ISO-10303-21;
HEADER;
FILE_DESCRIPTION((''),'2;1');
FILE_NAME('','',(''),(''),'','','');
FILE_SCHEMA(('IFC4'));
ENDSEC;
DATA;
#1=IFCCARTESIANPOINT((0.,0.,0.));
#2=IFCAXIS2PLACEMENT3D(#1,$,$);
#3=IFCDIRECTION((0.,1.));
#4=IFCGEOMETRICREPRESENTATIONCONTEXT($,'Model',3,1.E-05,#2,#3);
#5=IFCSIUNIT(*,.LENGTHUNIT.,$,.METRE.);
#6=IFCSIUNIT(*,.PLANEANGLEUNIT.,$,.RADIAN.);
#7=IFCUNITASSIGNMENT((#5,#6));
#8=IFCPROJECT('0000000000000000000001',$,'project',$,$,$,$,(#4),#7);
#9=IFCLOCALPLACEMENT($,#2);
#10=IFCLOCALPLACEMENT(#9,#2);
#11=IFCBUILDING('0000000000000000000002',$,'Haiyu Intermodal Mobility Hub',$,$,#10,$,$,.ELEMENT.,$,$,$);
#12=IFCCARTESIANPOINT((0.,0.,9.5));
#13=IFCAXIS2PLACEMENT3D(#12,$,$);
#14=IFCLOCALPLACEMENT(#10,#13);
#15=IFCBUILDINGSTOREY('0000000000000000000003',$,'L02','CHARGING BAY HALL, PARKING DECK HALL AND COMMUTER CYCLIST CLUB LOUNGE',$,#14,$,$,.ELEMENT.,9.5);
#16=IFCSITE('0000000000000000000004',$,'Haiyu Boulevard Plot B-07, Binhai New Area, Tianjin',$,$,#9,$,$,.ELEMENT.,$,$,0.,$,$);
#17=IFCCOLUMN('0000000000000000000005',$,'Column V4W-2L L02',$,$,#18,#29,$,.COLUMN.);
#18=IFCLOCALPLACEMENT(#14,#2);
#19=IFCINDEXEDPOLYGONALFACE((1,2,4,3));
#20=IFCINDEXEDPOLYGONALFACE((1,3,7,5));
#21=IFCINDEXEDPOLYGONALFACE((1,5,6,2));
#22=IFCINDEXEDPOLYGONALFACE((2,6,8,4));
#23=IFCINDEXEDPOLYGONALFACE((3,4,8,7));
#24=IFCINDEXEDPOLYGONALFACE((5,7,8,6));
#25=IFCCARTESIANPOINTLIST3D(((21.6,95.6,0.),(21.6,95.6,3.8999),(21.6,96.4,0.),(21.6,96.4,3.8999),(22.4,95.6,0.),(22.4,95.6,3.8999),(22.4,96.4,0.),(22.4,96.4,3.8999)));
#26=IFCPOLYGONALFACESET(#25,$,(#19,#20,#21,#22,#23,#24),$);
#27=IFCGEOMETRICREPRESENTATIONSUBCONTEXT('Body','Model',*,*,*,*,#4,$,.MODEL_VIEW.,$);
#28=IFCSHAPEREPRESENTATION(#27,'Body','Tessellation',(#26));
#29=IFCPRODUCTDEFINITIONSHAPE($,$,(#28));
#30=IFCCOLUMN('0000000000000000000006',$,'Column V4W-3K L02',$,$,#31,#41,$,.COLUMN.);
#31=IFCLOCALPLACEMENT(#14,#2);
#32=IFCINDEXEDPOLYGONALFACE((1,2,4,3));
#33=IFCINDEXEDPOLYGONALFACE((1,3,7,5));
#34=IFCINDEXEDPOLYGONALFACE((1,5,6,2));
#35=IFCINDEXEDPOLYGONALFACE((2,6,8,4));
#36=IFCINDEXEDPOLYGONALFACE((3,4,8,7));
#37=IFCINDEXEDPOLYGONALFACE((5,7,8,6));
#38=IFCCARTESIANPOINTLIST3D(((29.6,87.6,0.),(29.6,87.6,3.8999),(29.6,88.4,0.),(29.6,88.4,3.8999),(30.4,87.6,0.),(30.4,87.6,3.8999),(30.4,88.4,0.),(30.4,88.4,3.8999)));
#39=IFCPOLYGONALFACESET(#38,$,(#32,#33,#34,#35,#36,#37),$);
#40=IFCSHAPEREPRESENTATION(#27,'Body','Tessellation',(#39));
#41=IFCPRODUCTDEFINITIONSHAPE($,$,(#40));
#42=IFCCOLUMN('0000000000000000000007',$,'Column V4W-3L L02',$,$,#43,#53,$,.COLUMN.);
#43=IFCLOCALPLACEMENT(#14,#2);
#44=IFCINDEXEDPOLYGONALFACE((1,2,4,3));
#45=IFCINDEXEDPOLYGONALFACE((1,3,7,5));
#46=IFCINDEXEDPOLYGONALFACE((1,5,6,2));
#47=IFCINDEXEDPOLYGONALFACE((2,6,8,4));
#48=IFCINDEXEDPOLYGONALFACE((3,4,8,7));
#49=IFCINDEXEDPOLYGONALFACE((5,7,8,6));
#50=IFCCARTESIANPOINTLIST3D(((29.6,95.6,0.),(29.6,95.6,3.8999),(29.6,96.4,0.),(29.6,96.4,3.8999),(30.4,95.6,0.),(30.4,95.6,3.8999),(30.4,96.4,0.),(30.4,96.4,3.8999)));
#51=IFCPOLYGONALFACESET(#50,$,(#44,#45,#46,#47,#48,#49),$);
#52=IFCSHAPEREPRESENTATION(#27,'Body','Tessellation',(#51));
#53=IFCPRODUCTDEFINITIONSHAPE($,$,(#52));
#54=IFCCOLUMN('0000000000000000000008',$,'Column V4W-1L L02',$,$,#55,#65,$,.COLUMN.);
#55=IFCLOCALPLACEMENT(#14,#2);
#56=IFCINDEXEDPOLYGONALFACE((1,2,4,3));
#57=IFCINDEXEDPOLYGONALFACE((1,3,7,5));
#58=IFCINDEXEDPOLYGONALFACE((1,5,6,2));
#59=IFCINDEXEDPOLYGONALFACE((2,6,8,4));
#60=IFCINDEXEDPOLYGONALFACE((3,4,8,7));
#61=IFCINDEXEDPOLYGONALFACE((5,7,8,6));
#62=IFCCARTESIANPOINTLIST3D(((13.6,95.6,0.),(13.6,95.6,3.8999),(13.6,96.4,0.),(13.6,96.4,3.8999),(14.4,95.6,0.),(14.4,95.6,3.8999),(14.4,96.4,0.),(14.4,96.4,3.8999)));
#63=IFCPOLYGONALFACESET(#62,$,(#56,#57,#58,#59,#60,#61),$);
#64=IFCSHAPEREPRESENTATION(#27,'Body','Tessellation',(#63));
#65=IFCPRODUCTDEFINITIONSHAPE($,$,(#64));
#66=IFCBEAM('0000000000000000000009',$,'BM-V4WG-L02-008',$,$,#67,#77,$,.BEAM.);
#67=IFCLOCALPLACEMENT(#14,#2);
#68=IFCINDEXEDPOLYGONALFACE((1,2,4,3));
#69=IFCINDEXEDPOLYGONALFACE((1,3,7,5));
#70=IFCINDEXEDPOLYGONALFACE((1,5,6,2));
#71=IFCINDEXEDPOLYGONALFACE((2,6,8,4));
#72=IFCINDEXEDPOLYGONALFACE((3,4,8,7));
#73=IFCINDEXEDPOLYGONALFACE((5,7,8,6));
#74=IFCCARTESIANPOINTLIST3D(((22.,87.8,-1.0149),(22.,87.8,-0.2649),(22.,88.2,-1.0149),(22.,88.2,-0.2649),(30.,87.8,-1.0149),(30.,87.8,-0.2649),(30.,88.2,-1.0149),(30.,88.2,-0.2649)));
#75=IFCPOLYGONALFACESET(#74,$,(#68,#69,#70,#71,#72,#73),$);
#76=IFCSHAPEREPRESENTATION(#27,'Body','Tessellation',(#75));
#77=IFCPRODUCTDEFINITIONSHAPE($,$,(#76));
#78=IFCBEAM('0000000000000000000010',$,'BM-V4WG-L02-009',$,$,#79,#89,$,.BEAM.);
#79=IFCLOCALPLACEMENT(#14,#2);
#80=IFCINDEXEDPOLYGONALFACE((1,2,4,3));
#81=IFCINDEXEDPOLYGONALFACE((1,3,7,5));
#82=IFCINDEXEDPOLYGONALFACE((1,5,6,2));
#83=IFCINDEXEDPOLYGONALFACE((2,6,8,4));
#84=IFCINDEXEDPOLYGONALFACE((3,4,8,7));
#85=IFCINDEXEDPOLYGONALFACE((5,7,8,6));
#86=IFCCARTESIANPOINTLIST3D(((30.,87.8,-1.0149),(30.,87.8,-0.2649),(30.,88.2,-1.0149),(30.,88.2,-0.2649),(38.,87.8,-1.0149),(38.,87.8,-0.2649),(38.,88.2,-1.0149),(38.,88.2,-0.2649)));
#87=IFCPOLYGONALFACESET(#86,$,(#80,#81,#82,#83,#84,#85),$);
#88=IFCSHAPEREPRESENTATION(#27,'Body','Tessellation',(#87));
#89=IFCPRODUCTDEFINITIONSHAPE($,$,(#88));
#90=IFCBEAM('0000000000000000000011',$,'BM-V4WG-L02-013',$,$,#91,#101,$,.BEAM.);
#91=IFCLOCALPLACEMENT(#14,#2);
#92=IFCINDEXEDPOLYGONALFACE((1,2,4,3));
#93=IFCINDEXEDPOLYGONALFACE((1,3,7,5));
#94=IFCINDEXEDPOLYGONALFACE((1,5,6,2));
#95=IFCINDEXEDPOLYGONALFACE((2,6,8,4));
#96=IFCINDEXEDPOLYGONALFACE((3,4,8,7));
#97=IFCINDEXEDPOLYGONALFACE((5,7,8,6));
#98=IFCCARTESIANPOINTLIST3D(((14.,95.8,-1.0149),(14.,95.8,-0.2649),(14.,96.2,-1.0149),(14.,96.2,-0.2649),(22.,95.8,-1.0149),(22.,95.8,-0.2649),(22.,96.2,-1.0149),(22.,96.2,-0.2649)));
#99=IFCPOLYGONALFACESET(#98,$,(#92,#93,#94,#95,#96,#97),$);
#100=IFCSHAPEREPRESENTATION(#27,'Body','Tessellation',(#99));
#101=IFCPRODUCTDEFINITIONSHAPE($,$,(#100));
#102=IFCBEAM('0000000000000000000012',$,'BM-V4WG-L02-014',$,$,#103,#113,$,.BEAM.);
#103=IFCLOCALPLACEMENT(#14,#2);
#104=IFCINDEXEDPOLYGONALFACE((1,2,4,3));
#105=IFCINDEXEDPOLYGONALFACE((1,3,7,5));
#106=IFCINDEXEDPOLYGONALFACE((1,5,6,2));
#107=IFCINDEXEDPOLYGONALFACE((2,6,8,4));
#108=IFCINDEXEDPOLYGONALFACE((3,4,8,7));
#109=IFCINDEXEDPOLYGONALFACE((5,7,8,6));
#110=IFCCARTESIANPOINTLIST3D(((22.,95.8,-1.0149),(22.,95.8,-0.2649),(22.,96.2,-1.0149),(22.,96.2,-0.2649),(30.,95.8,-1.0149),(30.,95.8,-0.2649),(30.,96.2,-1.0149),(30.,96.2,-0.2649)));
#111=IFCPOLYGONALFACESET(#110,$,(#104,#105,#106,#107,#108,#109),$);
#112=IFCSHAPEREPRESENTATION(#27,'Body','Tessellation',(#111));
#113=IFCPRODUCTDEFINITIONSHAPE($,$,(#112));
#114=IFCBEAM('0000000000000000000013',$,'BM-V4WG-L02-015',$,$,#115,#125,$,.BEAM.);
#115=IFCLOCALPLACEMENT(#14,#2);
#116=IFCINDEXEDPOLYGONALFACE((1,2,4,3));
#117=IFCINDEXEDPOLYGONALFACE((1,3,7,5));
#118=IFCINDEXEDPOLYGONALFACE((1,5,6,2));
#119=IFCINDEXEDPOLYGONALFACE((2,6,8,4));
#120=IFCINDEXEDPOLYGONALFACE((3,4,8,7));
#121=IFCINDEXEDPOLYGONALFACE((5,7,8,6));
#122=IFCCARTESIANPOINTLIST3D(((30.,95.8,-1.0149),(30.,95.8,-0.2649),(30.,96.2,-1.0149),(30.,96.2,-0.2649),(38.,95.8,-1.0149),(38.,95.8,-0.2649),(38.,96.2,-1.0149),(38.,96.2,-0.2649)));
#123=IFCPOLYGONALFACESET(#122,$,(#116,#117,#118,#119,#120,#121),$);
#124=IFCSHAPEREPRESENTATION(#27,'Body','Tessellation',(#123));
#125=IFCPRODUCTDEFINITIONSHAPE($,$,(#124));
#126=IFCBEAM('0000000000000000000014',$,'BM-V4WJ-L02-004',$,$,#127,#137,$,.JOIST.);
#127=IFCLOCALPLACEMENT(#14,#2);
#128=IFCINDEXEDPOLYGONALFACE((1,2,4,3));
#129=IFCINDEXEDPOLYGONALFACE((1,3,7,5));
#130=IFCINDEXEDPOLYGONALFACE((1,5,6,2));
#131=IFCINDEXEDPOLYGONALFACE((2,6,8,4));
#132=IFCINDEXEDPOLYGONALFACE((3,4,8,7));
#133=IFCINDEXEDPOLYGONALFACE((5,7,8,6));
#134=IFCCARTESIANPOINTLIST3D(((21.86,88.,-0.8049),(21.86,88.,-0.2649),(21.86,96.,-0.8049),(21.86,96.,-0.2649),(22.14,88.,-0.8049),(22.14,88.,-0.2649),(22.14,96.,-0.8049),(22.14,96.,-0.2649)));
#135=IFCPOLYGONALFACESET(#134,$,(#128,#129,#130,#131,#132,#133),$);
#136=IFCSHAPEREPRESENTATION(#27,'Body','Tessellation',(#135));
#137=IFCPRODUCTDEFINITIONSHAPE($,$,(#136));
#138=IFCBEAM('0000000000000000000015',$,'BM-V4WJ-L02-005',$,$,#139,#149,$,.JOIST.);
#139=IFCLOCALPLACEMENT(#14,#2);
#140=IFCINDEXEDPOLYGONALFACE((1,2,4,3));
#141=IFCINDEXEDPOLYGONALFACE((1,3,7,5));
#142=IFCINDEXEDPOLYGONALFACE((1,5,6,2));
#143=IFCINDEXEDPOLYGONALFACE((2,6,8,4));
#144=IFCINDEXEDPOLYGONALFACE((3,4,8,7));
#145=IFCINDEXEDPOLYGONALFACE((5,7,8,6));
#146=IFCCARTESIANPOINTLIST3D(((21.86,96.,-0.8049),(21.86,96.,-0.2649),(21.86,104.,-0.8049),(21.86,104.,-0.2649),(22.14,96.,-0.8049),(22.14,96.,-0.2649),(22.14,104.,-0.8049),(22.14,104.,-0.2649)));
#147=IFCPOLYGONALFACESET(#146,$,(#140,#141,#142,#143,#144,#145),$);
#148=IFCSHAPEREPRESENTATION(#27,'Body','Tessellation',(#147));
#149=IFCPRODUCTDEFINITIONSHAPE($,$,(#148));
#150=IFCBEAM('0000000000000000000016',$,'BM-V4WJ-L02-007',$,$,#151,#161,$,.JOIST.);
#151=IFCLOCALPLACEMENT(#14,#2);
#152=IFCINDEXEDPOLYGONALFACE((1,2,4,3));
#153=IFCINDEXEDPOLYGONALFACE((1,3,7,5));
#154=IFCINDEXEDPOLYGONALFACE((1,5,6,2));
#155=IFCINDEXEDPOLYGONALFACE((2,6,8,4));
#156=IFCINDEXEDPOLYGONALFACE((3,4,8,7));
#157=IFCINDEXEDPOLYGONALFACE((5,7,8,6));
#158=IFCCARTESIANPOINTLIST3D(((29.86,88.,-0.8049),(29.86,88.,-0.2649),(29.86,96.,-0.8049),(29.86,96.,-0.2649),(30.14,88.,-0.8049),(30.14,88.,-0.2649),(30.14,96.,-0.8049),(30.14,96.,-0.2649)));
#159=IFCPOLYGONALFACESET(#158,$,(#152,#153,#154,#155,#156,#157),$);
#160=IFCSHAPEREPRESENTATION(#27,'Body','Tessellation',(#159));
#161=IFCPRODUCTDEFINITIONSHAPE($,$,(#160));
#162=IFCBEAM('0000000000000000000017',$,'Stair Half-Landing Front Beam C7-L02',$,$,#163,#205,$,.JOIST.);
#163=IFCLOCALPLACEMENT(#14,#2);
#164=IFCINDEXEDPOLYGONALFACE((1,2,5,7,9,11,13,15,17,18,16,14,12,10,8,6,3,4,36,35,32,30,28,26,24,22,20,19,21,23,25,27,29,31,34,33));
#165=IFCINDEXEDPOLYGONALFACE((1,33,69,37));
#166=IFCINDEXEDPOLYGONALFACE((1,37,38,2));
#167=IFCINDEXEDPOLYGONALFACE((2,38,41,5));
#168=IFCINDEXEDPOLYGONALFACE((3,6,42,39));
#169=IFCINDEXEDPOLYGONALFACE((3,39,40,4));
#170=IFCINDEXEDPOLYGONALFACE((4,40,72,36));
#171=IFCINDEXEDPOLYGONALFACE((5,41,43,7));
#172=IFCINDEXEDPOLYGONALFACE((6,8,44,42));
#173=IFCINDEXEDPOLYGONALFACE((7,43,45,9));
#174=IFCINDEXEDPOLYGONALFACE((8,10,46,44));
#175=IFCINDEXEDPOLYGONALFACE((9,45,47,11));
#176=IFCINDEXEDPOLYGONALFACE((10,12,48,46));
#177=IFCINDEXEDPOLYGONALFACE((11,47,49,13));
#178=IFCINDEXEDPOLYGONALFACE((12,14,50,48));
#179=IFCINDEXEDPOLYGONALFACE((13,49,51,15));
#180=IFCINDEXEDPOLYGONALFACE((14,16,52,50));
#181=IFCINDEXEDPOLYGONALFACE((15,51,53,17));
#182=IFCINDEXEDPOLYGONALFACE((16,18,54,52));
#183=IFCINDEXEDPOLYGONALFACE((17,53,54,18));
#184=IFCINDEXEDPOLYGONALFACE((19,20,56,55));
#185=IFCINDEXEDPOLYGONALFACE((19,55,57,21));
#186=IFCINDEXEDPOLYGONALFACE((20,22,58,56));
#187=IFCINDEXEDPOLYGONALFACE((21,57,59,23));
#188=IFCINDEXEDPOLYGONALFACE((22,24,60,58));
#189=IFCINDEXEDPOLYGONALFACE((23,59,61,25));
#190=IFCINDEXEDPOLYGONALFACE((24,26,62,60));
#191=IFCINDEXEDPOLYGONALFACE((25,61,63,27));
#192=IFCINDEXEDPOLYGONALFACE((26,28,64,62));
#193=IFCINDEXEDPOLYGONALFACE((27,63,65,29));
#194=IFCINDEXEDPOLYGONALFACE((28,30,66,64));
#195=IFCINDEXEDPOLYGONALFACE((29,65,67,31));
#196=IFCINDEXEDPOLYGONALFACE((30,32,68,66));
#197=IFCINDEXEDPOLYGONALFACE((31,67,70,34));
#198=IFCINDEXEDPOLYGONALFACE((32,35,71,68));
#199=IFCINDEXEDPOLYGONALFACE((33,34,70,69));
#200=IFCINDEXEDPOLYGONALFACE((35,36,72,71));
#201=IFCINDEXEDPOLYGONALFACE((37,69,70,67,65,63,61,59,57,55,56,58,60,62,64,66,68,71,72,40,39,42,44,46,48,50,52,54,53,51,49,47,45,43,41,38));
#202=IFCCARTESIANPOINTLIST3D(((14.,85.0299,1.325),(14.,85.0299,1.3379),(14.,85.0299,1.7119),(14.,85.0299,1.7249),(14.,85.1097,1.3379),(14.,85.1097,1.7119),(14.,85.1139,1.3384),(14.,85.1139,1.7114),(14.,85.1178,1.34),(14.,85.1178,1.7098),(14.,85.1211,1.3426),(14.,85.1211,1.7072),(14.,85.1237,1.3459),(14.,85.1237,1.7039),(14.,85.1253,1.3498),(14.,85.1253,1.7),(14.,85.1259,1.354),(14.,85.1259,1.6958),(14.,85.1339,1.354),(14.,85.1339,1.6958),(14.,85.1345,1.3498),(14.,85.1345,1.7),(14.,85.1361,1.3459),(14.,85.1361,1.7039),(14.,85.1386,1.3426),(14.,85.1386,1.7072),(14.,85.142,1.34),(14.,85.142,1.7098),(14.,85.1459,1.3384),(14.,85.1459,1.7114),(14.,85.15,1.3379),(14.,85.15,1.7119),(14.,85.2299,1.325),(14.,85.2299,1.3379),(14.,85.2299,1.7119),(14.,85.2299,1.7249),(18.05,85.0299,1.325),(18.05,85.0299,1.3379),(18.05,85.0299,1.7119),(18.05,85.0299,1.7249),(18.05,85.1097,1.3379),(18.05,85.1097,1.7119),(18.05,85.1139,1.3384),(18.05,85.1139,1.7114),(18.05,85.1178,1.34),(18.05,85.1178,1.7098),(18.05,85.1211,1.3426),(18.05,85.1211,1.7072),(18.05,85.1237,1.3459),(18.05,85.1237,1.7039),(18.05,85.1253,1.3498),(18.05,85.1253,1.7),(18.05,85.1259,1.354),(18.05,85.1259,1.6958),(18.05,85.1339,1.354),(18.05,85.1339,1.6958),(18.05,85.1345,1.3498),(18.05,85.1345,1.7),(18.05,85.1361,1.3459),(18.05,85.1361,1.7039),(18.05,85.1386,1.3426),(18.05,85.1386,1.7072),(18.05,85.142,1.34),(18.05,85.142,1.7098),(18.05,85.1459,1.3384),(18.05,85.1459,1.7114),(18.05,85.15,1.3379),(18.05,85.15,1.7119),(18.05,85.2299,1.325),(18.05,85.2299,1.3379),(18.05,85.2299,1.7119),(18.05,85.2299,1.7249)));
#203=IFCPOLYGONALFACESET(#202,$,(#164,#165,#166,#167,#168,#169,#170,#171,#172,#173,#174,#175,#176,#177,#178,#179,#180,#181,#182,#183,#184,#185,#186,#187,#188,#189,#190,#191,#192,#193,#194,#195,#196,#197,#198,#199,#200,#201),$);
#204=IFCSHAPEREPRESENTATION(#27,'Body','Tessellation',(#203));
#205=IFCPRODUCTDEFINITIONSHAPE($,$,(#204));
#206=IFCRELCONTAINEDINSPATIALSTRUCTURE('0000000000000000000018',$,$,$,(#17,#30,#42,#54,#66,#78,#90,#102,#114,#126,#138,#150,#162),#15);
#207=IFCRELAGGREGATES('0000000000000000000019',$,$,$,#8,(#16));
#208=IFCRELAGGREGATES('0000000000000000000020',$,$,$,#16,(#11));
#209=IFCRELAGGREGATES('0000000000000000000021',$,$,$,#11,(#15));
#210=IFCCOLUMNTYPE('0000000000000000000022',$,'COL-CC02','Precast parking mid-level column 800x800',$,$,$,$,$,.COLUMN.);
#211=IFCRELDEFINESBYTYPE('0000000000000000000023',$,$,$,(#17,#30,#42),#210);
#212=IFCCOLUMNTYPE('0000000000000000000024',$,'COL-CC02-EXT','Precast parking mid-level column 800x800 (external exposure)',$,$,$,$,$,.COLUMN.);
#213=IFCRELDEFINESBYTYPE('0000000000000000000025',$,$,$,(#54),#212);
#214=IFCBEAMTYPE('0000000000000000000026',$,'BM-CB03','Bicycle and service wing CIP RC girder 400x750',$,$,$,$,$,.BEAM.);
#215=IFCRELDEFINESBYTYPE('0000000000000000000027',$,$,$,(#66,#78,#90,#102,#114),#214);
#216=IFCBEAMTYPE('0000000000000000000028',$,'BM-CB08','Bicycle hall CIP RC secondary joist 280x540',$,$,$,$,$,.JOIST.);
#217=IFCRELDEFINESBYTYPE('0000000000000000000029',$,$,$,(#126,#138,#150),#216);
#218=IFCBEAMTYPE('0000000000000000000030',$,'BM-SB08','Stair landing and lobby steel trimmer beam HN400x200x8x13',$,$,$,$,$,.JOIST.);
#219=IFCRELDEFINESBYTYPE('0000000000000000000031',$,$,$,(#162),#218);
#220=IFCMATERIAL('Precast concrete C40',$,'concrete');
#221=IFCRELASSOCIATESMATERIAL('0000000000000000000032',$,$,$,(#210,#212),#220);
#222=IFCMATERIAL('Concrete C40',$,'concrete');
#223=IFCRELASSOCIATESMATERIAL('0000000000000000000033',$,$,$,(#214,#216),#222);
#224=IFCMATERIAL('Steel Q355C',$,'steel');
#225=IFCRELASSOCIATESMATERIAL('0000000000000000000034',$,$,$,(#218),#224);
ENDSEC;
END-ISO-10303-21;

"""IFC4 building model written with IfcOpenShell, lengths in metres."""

from ifc_helpers import new_model, si_unit, direction, frame, origin, origin_2d, place, context, subcontext, project, spatial, rectangle, i_section, extrude, material, material_profile, profile_set, type_object, element, save


model = new_model("IFC4")

# Units and contexts
model_context = context("Model", 3, precision=1e-05, world=origin(), true_north=direction((0.0, 1.0)))
body_context = subcontext(model_context, "Body", "Model", "MODEL_VIEW")
ifc_project = project(units=[si_unit("LENGTHUNIT", "METRE"), si_unit("PLANEANGLEUNIT", "RADIAN")], contexts=[model_context])

# Site, building, storey
site_placement = place(None, origin())
site = spatial("IfcSite", under=ifc_project, at=site_placement, Name="Haiyu Boulevard Plot B-07, Binhai New Area, Tianjin", CompositionType="ELEMENT", RefElevation=0.0)
building_placement = place(site_placement, origin())
building = spatial("IfcBuilding", under=site, at=building_placement, Name="Haiyu Intermodal Mobility Hub", CompositionType="ELEMENT")
storey_placement = place(building_placement, frame((0.0, 0.0, 9.5)))
storey = spatial("IfcBuildingStorey", under=building, at=storey_placement, Name="L02", Description="CHARGING BAY HALL, PARKING DECK HALL AND COMMUTER CYCLIST CLUB LOUNGE", CompositionType="ELEMENT", Elevation=9.5)

# Columns
ifc_material_1 = material(Name="Precast concrete C40", Category="concrete")
ifc_material_profile_1 = material_profile(ifc_material_1, rectangle(XDim=0.8, YDim=0.8, at=origin_2d()), Name="RC800x800")
ifc_profile_set_1 = profile_set([ifc_material_profile_1], Name="Precast concrete C40")
column_type_1 = type_object("IfcColumnType", Name="COL-CC02", Description="Precast parking mid-level column 800x800", PredefinedType="COLUMN", material=ifc_profile_set_1)
for number, where, z_axis, x_axis, name in (
    (1, (22.0, 96.0, 0.0), (0.0, 0.0, 1.0), (1.0, 0.0, 0.0), "Column V4W-2L L02"),
    (2, (30.0, 88.0, 0.0), (0.0, 0.0, 1.0), (1.0, 0.0, 0.0), "Column V4W-3K L02"),
    (3, (30.0, 96.0, 0.0), (0.0, 0.0, 1.0), (1.0, 0.0, 0.0), "Column V4W-3L L02"),
):
    element("IfcColumn", number, at=place(storey_placement, frame(where, z_axis=z_axis, x_axis=x_axis)), inside=storey, type_object=column_type_1, Name=name, PredefinedType="COLUMN", context=body_context, shape_type="SweptSolid", body=[
        extrude(rectangle(XDim=0.8, YDim=0.8, at=origin_2d()), origin(), (0.0, 0.0, 1.0), 3.8999),
    ])
ifc_material_profile_2 = material_profile(ifc_material_1, rectangle(XDim=0.8, YDim=0.8, at=origin_2d()), Name="RC800x800")
ifc_profile_set_2 = profile_set([ifc_material_profile_2], Name="Precast concrete C40")
column_type_2 = type_object("IfcColumnType", Name="COL-CC02-EXT", Description="Precast parking mid-level column 800x800 (external exposure)", PredefinedType="COLUMN", material=ifc_profile_set_2)
column_placement = place(storey_placement, frame((14.0, 96.0, 0.0), z_axis=(0.0, 0.0, 1.0), x_axis=(1.0, 0.0, 0.0)))
element("IfcColumn", 4, at=column_placement, inside=storey, type_object=column_type_2, Name="Column V4W-1L L02", PredefinedType="COLUMN", context=body_context, shape_type="SweptSolid", body=[
    extrude(rectangle(XDim=0.8, YDim=0.8, at=origin_2d()), origin(), (0.0, 0.0, 1.0), 3.8999),
])

# Beams
ifc_material_2 = material(Name="Concrete C40", Category="concrete")
ifc_material_profile_3 = material_profile(ifc_material_2, rectangle(XDim=0.3999, YDim=0.75, at=origin_2d()), Name="RCB400x750")
ifc_profile_set_3 = profile_set([ifc_material_profile_3], Name="Concrete C40")
beam_type_1 = type_object("IfcBeamType", Name="BM-CB03", Description="Bicycle and service wing CIP RC girder 400x750", PredefinedType="BEAM", material=ifc_profile_set_3)
for number, where, z_axis, x_axis, name in (
    (5, (22.0, 88.0, -0.6399), (1.0, 0.0, 0.0), (0.0, 1.0, 0.0), "BM-V4WG-L02-008"),
    (6, (30.0, 88.0, -0.6399), (1.0, 0.0, 0.0), (0.0, 1.0, 0.0), "BM-V4WG-L02-009"),
    (7, (14.0, 96.0, -0.6399), (1.0, 0.0, 0.0), (0.0, 1.0, 0.0), "BM-V4WG-L02-013"),
    (8, (22.0, 96.0, -0.6399), (1.0, 0.0, 0.0), (0.0, 1.0, 0.0), "BM-V4WG-L02-014"),
    (9, (30.0, 96.0, -0.6399), (1.0, 0.0, 0.0), (0.0, 1.0, 0.0), "BM-V4WG-L02-015"),
):
    element("IfcBeam", number, at=place(storey_placement, frame(where, z_axis=z_axis, x_axis=x_axis)), inside=storey, type_object=beam_type_1, Name=name, PredefinedType="BEAM", context=body_context, shape_type="SweptSolid", body=[
        extrude(rectangle(XDim=0.3999, YDim=0.75, at=origin_2d()), origin(), (0.0, 0.0, 1.0), 8.0),
    ])
ifc_material_profile_4 = material_profile(ifc_material_2, rectangle(XDim=0.28, YDim=0.54, at=origin_2d()), Name="RCB280x540")
ifc_profile_set_4 = profile_set([ifc_material_profile_4], Name="Concrete C40")
beam_type_2 = type_object("IfcBeamType", Name="BM-CB08", Description="Bicycle hall CIP RC secondary joist 280x540", PredefinedType="JOIST", material=ifc_profile_set_4)
for number, where, z_axis, x_axis, name in (
    (10, (22.0, 88.0, -0.5349), (0.0, 1.0, 0.0), (-1.0, 0.0, 0.0), "BM-V4WJ-L02-004"),
    (11, (22.0, 96.0, -0.5349), (0.0, 1.0, 0.0), (-1.0, 0.0, 0.0), "BM-V4WJ-L02-005"),
    (12, (30.0, 88.0, -0.5349), (0.0, 1.0, 0.0), (-1.0, 0.0, 0.0), "BM-V4WJ-L02-007"),
):
    element("IfcBeam", number, at=place(storey_placement, frame(where, z_axis=z_axis, x_axis=x_axis)), inside=storey, type_object=beam_type_2, Name=name, PredefinedType="JOIST", context=body_context, shape_type="SweptSolid", body=[
        extrude(rectangle(XDim=0.28, YDim=0.54, at=origin_2d()), origin(), (0.0, 0.0, 1.0), 8.0),
    ])
ifc_material_3 = material(Name="Steel Q355C", Category="steel")
ifc_material_profile_5 = material_profile(ifc_material_3, i_section(OverallWidth=0.2, OverallDepth=0.3999, WebThickness=0.0081, FlangeThickness=0.0129, FilletRadius=0.0161, at=origin_2d()), Name="HN400x200x8x13")
ifc_profile_set_5 = profile_set([ifc_material_profile_5], Name="Steel Q355C")
beam_type_3 = type_object("IfcBeamType", Name="BM-SB08", Description="Stair landing and lobby steel trimmer beam HN400x200x8x13", PredefinedType="JOIST", material=ifc_profile_set_5)
for number, where, z_axis, x_axis, name in (
    (13, (14.0, 85.1299, 1.5249), (1.0, 0.0, 0.0), (0.0, 1.0, 0.0), "Stair Half-Landing Front Beam C7-L02"),
):
    element("IfcBeam", number, at=place(storey_placement, frame(where, z_axis=z_axis, x_axis=x_axis)), inside=storey, type_object=beam_type_3, Name=name, PredefinedType="JOIST", context=body_context, shape_type="SweptSolid", body=[
        extrude(i_section(OverallWidth=0.2, OverallDepth=0.3999, WebThickness=0.0081, FlangeThickness=0.0129, FilletRadius=0.0161, at=origin_2d()), origin(), (0.0, 0.0, 1.0), 4.05),
    ])

save(model, "model.ifc")
